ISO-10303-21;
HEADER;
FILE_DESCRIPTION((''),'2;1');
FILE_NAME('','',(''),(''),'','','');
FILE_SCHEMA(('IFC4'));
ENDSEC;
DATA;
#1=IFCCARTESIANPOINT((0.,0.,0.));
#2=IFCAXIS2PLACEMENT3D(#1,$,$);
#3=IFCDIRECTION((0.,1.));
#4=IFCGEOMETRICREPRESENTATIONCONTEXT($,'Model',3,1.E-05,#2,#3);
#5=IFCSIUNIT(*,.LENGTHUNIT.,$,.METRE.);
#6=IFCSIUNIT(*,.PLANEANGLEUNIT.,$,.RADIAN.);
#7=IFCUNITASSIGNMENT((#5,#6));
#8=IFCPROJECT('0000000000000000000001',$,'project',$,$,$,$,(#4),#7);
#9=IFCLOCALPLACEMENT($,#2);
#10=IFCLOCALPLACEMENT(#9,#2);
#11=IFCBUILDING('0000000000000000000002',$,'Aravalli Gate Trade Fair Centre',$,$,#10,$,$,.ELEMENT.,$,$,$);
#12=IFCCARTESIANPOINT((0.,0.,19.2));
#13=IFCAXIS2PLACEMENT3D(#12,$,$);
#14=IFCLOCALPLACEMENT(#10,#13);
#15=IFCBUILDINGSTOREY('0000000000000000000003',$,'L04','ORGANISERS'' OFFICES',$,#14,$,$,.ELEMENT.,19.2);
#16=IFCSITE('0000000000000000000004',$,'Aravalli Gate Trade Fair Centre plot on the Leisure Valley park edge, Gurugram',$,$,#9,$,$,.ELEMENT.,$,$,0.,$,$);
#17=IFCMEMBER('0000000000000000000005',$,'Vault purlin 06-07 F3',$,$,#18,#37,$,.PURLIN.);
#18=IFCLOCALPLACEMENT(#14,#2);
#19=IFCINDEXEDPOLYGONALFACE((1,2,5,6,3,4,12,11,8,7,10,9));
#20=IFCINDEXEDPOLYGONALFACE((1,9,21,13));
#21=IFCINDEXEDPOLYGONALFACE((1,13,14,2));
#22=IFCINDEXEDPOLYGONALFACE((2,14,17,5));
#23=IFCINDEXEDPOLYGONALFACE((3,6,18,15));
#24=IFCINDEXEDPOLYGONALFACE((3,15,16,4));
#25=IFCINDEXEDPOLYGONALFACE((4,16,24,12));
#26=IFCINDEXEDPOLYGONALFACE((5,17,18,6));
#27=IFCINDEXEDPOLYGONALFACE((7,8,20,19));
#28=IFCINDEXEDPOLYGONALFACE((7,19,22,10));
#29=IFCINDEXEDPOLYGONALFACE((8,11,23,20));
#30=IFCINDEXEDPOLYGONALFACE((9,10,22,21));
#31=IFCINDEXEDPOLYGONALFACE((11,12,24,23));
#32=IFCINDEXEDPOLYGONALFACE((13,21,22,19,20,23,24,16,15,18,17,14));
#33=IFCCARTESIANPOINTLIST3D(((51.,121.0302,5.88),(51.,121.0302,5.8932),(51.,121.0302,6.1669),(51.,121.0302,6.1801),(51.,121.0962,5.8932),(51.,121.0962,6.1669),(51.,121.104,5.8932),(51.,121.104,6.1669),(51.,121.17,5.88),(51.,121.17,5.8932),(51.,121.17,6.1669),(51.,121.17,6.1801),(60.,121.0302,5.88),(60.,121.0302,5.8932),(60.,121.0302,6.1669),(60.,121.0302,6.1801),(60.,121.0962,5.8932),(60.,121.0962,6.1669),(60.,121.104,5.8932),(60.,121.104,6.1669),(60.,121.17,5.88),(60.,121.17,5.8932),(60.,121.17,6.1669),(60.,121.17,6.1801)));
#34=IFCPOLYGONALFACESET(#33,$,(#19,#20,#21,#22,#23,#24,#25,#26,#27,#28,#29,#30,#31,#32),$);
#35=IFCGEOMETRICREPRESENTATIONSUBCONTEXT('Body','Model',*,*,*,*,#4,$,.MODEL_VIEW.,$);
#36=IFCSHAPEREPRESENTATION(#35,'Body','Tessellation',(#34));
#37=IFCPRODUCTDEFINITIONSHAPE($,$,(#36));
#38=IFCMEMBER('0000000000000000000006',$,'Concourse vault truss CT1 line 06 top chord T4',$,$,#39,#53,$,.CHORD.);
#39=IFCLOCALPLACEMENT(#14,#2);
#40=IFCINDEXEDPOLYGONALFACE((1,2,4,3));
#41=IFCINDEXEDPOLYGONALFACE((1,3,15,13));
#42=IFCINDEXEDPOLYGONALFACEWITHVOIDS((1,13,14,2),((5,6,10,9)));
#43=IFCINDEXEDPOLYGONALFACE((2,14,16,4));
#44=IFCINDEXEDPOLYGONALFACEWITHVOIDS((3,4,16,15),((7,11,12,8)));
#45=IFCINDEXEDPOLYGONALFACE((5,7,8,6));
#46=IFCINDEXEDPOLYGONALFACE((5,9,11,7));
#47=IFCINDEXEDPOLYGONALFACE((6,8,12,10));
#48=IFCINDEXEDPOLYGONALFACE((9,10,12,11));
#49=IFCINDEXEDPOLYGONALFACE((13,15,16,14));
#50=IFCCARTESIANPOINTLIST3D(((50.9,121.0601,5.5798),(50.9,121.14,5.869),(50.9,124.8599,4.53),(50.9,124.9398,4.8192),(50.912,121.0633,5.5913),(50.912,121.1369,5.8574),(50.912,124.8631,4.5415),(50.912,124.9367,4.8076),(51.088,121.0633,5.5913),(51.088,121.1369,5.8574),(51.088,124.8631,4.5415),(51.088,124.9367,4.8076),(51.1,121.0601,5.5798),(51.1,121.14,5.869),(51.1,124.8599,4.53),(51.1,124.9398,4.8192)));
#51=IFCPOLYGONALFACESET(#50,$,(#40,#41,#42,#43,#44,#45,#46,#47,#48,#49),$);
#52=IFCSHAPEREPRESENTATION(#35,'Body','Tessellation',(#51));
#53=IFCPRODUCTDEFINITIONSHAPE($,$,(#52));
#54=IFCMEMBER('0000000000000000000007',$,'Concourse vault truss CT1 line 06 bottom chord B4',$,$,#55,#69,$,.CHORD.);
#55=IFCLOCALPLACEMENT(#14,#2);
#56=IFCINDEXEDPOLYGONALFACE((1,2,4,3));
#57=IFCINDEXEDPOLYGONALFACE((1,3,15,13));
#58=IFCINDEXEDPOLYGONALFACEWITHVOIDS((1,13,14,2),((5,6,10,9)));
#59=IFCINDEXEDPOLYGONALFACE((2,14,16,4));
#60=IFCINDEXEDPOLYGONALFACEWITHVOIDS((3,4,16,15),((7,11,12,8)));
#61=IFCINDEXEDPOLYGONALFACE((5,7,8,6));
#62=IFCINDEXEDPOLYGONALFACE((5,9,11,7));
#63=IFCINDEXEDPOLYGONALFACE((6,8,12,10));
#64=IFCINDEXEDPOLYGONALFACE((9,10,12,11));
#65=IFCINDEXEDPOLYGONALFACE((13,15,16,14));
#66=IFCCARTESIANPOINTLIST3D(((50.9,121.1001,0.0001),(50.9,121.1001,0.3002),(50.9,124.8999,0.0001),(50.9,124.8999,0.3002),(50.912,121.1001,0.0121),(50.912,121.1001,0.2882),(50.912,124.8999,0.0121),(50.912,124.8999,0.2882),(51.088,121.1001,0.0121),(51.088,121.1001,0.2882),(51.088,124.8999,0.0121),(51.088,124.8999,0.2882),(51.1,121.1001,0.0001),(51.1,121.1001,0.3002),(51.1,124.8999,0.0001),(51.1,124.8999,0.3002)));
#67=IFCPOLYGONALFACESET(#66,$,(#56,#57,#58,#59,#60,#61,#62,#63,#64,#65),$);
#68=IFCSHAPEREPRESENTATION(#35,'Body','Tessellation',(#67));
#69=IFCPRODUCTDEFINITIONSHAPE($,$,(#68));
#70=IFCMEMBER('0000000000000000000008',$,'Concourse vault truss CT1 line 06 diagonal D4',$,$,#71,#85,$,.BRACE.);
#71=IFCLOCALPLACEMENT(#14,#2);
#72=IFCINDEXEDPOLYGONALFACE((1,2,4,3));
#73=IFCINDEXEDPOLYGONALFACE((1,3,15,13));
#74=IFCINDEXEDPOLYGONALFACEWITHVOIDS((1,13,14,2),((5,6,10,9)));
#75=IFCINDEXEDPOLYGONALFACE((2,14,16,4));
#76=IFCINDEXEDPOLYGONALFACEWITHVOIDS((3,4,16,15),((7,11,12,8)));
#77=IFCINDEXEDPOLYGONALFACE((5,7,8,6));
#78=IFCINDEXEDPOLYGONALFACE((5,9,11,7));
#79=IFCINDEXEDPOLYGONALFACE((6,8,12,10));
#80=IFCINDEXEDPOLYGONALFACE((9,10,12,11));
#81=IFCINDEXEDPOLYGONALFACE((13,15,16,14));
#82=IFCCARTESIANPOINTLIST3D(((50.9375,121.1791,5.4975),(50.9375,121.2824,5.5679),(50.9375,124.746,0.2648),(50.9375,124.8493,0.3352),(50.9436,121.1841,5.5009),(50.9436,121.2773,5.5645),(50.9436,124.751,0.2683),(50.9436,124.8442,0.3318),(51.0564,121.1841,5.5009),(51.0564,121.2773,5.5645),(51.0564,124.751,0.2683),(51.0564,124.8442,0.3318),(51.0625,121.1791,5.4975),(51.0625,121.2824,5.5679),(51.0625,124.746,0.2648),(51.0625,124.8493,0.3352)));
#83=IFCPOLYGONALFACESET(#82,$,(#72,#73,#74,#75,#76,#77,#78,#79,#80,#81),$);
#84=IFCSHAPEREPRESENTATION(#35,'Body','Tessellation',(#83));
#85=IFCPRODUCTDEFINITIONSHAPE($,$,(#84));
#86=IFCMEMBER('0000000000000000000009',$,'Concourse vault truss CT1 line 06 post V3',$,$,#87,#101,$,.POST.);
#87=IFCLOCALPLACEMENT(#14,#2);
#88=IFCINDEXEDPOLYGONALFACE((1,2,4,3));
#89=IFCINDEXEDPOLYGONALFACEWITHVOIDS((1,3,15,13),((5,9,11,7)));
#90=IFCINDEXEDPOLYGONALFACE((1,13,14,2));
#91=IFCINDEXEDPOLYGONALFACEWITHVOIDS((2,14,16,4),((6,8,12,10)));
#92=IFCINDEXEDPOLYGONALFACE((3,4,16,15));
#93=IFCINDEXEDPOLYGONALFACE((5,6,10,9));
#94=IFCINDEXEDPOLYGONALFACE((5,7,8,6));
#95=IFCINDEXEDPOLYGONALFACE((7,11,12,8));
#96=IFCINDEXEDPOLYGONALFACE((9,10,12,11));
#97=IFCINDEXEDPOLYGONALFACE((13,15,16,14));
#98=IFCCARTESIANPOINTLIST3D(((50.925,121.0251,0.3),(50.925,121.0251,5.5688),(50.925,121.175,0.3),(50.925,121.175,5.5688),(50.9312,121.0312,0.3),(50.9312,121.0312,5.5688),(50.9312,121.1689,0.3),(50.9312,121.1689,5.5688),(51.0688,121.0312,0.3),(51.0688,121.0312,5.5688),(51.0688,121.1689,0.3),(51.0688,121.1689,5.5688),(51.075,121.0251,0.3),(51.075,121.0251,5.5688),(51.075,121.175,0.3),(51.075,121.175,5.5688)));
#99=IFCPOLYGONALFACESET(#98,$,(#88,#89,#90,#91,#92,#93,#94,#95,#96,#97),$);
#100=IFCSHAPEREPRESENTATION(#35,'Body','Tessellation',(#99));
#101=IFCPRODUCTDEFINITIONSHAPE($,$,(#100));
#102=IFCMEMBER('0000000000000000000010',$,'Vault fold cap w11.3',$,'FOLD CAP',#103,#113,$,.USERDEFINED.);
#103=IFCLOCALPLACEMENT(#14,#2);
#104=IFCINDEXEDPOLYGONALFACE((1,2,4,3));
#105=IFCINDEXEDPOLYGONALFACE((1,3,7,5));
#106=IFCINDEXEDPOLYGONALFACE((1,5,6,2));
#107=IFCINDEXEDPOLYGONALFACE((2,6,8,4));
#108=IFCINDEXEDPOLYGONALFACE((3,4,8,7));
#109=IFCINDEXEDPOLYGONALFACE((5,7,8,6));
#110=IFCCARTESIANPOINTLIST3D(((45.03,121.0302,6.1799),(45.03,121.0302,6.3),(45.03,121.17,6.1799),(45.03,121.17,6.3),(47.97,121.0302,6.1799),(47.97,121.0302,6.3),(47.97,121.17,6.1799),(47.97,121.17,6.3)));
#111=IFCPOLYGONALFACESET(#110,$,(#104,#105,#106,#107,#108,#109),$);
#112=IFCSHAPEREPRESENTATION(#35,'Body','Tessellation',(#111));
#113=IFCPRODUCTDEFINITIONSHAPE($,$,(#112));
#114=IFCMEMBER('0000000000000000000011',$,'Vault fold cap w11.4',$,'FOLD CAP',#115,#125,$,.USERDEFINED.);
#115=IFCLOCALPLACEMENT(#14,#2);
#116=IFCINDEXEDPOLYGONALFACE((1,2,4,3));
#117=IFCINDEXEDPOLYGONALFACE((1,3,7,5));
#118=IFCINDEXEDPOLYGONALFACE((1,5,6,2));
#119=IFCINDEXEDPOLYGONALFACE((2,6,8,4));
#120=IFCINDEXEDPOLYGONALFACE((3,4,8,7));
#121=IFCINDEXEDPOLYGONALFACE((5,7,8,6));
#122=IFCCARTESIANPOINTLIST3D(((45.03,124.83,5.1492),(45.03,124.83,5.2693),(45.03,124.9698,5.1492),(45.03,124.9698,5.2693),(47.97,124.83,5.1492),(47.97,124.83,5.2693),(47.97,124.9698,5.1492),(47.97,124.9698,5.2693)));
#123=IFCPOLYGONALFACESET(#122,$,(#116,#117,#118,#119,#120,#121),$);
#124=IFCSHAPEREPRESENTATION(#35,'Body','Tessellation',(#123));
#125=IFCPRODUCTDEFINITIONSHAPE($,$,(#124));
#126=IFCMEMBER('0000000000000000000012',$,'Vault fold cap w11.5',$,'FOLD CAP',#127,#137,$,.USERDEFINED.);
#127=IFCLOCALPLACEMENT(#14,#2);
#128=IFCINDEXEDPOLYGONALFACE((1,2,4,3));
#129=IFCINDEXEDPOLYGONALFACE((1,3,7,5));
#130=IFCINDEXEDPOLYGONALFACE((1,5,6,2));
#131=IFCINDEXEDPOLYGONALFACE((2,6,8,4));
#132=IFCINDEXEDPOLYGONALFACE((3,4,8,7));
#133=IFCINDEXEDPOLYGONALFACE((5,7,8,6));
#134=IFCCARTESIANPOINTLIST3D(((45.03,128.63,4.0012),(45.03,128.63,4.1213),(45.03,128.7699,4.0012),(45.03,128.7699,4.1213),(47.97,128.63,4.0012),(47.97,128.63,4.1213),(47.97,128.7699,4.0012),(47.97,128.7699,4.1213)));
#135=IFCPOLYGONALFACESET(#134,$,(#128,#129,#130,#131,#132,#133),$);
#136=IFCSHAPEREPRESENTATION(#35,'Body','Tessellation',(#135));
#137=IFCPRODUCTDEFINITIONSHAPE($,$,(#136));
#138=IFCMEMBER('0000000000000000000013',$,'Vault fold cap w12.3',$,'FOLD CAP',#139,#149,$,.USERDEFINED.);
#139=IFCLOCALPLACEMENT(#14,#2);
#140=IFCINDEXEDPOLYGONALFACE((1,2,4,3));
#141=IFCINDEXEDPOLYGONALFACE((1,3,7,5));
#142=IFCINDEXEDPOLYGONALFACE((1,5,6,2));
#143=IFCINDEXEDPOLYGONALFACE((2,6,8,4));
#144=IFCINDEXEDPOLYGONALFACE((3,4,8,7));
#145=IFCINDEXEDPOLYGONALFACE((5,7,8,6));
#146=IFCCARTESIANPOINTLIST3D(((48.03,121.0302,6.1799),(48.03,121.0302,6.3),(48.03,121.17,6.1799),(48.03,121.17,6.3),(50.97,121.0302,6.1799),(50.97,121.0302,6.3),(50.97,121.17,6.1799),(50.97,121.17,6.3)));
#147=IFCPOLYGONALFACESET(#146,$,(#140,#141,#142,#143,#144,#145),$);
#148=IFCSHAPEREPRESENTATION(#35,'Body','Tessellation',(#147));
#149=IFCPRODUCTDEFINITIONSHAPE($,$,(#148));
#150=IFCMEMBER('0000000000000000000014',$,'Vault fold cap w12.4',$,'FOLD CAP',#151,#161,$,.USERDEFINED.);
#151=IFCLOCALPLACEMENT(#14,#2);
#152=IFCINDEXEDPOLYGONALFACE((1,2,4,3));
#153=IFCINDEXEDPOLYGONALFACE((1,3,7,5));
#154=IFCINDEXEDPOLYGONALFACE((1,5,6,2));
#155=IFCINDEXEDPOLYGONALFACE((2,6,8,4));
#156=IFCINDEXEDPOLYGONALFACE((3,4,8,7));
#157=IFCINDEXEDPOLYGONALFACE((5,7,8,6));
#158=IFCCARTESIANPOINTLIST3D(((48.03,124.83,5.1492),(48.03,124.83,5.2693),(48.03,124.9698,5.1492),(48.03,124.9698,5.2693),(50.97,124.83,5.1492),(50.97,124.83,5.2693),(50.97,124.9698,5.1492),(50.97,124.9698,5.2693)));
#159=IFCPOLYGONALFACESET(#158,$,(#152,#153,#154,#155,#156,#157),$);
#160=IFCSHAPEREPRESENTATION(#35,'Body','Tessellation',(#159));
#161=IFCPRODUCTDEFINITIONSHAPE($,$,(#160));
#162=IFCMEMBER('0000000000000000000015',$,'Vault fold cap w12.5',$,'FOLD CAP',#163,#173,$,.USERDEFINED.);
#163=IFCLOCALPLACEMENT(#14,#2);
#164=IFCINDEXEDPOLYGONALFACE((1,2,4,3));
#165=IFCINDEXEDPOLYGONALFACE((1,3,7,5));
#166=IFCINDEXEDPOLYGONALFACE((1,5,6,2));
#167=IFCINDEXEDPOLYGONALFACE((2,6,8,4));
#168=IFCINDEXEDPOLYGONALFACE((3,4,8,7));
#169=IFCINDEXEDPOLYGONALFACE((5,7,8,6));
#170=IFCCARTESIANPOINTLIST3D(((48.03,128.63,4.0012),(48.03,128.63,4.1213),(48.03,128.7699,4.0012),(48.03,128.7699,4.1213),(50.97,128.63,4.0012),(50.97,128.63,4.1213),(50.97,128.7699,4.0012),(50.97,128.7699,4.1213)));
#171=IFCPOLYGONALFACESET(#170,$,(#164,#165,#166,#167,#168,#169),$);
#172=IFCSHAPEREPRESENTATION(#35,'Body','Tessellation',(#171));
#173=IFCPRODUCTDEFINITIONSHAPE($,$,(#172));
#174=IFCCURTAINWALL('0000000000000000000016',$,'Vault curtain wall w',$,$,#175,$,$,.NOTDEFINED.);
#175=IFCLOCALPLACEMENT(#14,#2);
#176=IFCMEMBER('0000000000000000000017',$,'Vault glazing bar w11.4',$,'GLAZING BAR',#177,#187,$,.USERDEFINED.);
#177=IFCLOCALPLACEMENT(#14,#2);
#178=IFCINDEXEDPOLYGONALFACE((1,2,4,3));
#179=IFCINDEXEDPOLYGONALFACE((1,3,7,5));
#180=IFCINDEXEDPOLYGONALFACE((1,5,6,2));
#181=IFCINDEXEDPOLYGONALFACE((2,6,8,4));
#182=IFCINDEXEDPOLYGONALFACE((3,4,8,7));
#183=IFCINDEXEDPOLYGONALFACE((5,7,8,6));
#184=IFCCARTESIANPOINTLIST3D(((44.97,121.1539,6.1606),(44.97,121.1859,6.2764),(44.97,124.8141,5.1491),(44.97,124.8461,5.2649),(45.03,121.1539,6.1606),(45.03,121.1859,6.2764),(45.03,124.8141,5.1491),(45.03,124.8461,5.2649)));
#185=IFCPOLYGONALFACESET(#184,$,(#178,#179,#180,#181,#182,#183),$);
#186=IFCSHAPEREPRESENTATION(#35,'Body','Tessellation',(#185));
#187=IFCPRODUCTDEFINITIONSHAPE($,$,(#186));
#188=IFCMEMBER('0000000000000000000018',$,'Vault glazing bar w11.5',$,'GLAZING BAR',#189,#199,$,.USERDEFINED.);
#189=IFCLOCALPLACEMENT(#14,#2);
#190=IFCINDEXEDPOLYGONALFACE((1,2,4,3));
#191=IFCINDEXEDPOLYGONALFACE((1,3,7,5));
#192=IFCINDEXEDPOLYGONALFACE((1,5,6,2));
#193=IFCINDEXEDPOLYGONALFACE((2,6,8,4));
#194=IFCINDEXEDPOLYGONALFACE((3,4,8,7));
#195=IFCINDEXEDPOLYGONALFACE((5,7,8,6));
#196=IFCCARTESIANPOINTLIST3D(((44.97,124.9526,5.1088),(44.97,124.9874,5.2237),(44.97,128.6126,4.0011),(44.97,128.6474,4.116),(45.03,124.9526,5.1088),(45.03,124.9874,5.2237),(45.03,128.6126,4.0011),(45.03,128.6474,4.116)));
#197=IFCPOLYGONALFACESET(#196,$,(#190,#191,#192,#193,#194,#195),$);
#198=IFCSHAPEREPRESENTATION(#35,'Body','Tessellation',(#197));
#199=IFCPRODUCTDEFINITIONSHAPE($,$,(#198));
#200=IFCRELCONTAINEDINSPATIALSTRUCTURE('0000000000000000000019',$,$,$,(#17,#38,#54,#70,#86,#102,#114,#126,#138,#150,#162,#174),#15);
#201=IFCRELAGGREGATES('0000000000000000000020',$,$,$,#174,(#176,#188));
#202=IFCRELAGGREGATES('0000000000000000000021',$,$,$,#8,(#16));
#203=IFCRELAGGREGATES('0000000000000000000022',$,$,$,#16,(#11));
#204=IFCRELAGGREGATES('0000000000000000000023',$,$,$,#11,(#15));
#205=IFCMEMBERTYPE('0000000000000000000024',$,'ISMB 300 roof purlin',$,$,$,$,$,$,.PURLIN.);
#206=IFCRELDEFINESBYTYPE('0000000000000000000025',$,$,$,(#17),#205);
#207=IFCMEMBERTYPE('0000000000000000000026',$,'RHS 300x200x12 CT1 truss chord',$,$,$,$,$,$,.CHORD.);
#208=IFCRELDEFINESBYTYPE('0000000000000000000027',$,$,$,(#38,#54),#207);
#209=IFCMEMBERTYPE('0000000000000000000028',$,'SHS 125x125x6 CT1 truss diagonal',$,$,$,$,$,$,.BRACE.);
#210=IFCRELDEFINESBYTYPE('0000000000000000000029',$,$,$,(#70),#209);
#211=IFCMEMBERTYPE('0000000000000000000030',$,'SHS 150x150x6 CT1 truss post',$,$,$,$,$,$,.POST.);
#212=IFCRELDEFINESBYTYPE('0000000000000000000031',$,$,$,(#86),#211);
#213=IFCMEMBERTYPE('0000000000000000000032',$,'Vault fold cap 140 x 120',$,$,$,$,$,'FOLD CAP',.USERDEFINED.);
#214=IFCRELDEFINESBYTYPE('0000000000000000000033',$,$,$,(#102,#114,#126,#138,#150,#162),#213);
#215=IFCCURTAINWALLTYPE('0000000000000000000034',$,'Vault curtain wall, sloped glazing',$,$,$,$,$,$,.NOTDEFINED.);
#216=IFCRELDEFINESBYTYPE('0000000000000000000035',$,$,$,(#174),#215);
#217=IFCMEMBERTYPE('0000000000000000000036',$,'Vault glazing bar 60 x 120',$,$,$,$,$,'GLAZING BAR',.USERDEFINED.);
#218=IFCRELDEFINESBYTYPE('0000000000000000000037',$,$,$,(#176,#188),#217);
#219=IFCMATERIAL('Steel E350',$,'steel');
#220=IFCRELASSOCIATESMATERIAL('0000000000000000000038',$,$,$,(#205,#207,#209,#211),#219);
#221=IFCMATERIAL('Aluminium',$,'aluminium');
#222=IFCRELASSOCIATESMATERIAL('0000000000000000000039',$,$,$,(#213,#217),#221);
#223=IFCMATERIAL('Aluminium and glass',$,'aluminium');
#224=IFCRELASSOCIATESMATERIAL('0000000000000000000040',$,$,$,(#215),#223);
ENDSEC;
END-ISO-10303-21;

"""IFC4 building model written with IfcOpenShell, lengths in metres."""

from ifc_helpers import new_model, si_unit, direction, frame, origin, origin_2d, place, context, subcontext, project, spatial, rectangle, hollow_rectangle, i_section, extrude, material, material_profile, profile_set, type_object, element, aggregate, save


model = new_model("IFC4")

# Units and contexts
model_context = context("Model", 3, precision=1e-05, world=origin(), true_north=direction((0.0, 1.0)))
body_context = subcontext(model_context, "Body", "Model", "MODEL_VIEW")
ifc_project = project(units=[si_unit("LENGTHUNIT", "METRE"), si_unit("PLANEANGLEUNIT", "RADIAN")], contexts=[model_context])

# Site, building, storey
site_placement = place(None, origin())
site = spatial("IfcSite", under=ifc_project, at=site_placement, Name="Aravalli Gate Trade Fair Centre plot on the Leisure Valley park edge, Gurugram", CompositionType="ELEMENT", RefElevation=0.0)
building_placement = place(site_placement, origin())
building = spatial("IfcBuilding", under=site, at=building_placement, Name="Aravalli Gate Trade Fair Centre", CompositionType="ELEMENT")
storey_placement = place(building_placement, frame((0.0, 0.0, 19.2)))
storey = spatial("IfcBuildingStorey", under=building, at=storey_placement, Name="L04", Description="ORGANISERS' OFFICES", CompositionType="ELEMENT", Elevation=19.2)

# Members
ifc_material_1 = material(Name="Steel E350", Category="steel")
ifc_material_profile_1 = material_profile(ifc_material_1, i_section(OverallWidth=0.1399, OverallDepth=0.3, WebThickness=0.0078, FlangeThickness=0.0132, at=origin_2d()), Name="ISMB 300")
ifc_profile_set_1 = profile_set([ifc_material_profile_1], Name="Steel E350")
member_type_1 = type_object("IfcMemberType", Name="ISMB 300 roof purlin", PredefinedType="PURLIN", material=ifc_profile_set_1)
member_1_placement = place(storey_placement, frame((51.0, 121.1001, 6.03), z_axis=(1.0, 0.0, 0.0), x_axis=(0.0, 1.0, 0.0)))
element("IfcMember", 1, at=member_1_placement, inside=storey, type_object=member_type_1, Name="Vault purlin 06-07 F3", PredefinedType="PURLIN", context=body_context, shape_type="SweptSolid", body=[
    extrude(i_section(OverallWidth=0.1399, OverallDepth=0.3, WebThickness=0.0078, FlangeThickness=0.0132, at=origin_2d()), origin(), (0.0, 0.0, 1.0), 9.0),
])
ifc_material_profile_2 = material_profile(ifc_material_1, hollow_rectangle(XDim=0.2, YDim=0.3, WallThickness=0.012, at=origin_2d()), Name="RHS 300x200x12")
ifc_profile_set_2 = profile_set([ifc_material_profile_2], Name="Steel E350")
member_type_2 = type_object("IfcMemberType", Name="RHS 300x200x12 CT1 truss chord", PredefinedType="CHORD", material=ifc_profile_set_2)
member_2_placement = place(storey_placement, frame((51.0, 121.1001, 5.7244), z_axis=(0.0, 0.96389, -0.266302), x_axis=(-1.0, 0.0, 0.0)))
element("IfcMember", 2, at=member_2_placement, inside=storey, type_object=member_type_2, Name="Concourse vault truss CT1 line 06 top chord T4", PredefinedType="CHORD", context=body_context, shape_type="SweptSolid", body=[
    extrude(hollow_rectangle(XDim=0.2, YDim=0.3, WallThickness=0.012, at=origin_2d()), origin(), (0.0, 0.0, 1.0), 3.9421),
])
member_3_placement = place(storey_placement, frame((51.0, 121.1001, 0.1501), z_axis=(0.0, 1.0, 0.0), x_axis=(-1.0, 0.0, 0.0)))
element("IfcMember", 3, at=member_3_placement, inside=storey, type_object=member_type_2, Name="Concourse vault truss CT1 line 06 bottom chord B4", PredefinedType="CHORD", context=body_context, shape_type="SweptSolid", body=[
    extrude(hollow_rectangle(XDim=0.2, YDim=0.3, WallThickness=0.012, at=origin_2d()), origin(), (0.0, 0.0, 1.0), 3.7998),
])
ifc_material_profile_3 = material_profile(ifc_material_1, hollow_rectangle(XDim=0.125, YDim=0.125, WallThickness=0.0061, at=origin_2d()), Name="SHS 125x125x6")
ifc_profile_set_3 = profile_set([ifc_material_profile_3], Name="Steel E350")
member_type_3 = type_object("IfcMemberType", Name="SHS 125x125x6 CT1 truss diagonal", PredefinedType="BRACE", material=ifc_profile_set_3)
member_4_placement = place(storey_placement, frame((51.0, 121.2307, 5.5327), z_axis=(0.0, 0.563247, -0.826289), x_axis=(-1.0, 0.0, 0.0)))
element("IfcMember", 4, at=member_4_placement, inside=storey, type_object=member_type_3, Name="Concourse vault truss CT1 line 06 diagonal D4", PredefinedType="BRACE", context=body_context, shape_type="SweptSolid", body=[
    extrude(hollow_rectangle(XDim=0.125, YDim=0.125, WallThickness=0.0061, at=origin_2d()), origin(), (0.0, 0.0, 1.0), 6.3328),
])
ifc_material_profile_4 = material_profile(ifc_material_1, hollow_rectangle(XDim=0.1499, YDim=0.1499, WallThickness=0.0061, at=origin_2d()), Name="SHS 150x150x6")
ifc_profile_set_4 = profile_set([ifc_material_profile_4], Name="Steel E350")
member_type_4 = type_object("IfcMemberType", Name="SHS 150x150x6 CT1 truss post", PredefinedType="POST", material=ifc_profile_set_4)
member_5_placement = place(storey_placement, frame((51.0, 121.1001, 0.3), z_axis=(0.0, 0.0, 1.0), x_axis=(1.0, 0.0, 0.0)))
element("IfcMember", 5, at=member_5_placement, inside=storey, type_object=member_type_4, Name="Concourse vault truss CT1 line 06 post V3", PredefinedType="POST", context=body_context, shape_type="SweptSolid", body=[
    extrude(hollow_rectangle(XDim=0.1499, YDim=0.1499, WallThickness=0.0061, at=origin_2d()), origin(), (0.0, 0.0, 1.0), 5.2688),
])
ifc_material_2 = material(Name="Aluminium", Category="aluminium")
ifc_material_profile_5 = material_profile(ifc_material_2, rectangle(XDim=0.1399, YDim=0.1201, at=origin_2d()), Name="Vault fold cap 140 x 120")
ifc_profile_set_5 = profile_set([ifc_material_profile_5], Name="Aluminium")
member_type_5 = type_object("IfcMemberType", Name="Vault fold cap 140 x 120", ElementType="FOLD CAP", PredefinedType="USERDEFINED", material=ifc_profile_set_5)
for number, where, z_axis, x_axis, name in (
    (6, (45.03, 121.1001, 6.24), (1.0, 0.0, 0.0), (0.0, 1.0, 0.0), "Vault fold cap w11.3"),
    (7, (45.03, 124.8999, 5.2092), (1.0, 0.0, 0.0), (0.0, 1.0, 0.0), "Vault fold cap w11.4"),
    (8, (45.03, 128.7, 4.0613), (1.0, 0.0, 0.0), (0.0, 1.0, 0.0), "Vault fold cap w11.5"),
    (9, (48.03, 121.1001, 6.24), (1.0, 0.0, 0.0), (0.0, 1.0, 0.0), "Vault fold cap w12.3"),
    (10, (48.03, 124.8999, 5.2092), (1.0, 0.0, 0.0), (0.0, 1.0, 0.0), "Vault fold cap w12.4"),
    (11, (48.03, 128.7, 4.0613), (1.0, 0.0, 0.0), (0.0, 1.0, 0.0), "Vault fold cap w12.5"),
):
    element("IfcMember", number, at=place(storey_placement, frame(where, z_axis=z_axis, x_axis=x_axis)), inside=storey, type_object=member_type_5, Name=name, ObjectType="FOLD CAP", PredefinedType="USERDEFINED", context=body_context, shape_type="SweptSolid", body=[
        extrude(rectangle(XDim=0.1399, YDim=0.1201, at=origin_2d()), origin(), (0.0, 0.0, 1.0), 2.9399),
    ])

# Curtain wall, members
ifc_material_3 = material(Name="Aluminium and glass", Category="aluminium")
curtain_wall_type = type_object("IfcCurtainWallType", Name="Vault curtain wall, sloped glazing", PredefinedType="NOTDEFINED", material=ifc_material_3)
curtain_wall_placement = place(storey_placement, origin())
curtain_wall = element("IfcCurtainWall", 12, at=curtain_wall_placement, inside=storey, type_object=curtain_wall_type, Name="Vault curtain wall w", PredefinedType="NOTDEFINED")
ifc_material_profile_6 = material_profile(ifc_material_2, rectangle(XDim=0.0601, YDim=0.1201, at=origin_2d()), Name="Vault glazing bar 60 x 120")
ifc_profile_set_6 = profile_set([ifc_material_profile_6], Name="Aluminium")
member_type_6 = type_object("IfcMemberType", Name="Vault glazing bar 60 x 120", ElementType="GLAZING BAR", PredefinedType="USERDEFINED", material=ifc_profile_set_6)
member_6_placement = place(storey_placement, frame((45.0, 121.1699, 6.2185), z_axis=(0.0, 0.963873, -0.266364), x_axis=(-1.0, 0.0, 0.0)))
member_6 = element("IfcMember", 13, at=member_6_placement, type_object=member_type_6, Name="Vault glazing bar w11.4", ObjectType="GLAZING BAR", PredefinedType="USERDEFINED", context=body_context, shape_type="SweptSolid", body=[
    extrude(rectangle(XDim=0.0601, YDim=0.1201, at=origin_2d()), origin(), (0.0, 0.0, 1.0), 3.7974),
])
member_7_placement = place(storey_placement, frame((45.0, 124.97, 5.1663), z_axis=(0.0, 0.957126, -0.289672), x_axis=(-1.0, 0.0, 0.0)))
member_7 = element("IfcMember", 14, at=member_7_placement, type_object=member_type_6, Name="Vault glazing bar w11.5", ObjectType="GLAZING BAR", PredefinedType="USERDEFINED", context=body_context, shape_type="SweptSolid", body=[
    extrude(rectangle(XDim=0.0601, YDim=0.1201, at=origin_2d()), origin(), (0.0, 0.0, 1.0), 3.824),
])
aggregate(curtain_wall, [member_6, member_7])

save(model, "model.ifc")
